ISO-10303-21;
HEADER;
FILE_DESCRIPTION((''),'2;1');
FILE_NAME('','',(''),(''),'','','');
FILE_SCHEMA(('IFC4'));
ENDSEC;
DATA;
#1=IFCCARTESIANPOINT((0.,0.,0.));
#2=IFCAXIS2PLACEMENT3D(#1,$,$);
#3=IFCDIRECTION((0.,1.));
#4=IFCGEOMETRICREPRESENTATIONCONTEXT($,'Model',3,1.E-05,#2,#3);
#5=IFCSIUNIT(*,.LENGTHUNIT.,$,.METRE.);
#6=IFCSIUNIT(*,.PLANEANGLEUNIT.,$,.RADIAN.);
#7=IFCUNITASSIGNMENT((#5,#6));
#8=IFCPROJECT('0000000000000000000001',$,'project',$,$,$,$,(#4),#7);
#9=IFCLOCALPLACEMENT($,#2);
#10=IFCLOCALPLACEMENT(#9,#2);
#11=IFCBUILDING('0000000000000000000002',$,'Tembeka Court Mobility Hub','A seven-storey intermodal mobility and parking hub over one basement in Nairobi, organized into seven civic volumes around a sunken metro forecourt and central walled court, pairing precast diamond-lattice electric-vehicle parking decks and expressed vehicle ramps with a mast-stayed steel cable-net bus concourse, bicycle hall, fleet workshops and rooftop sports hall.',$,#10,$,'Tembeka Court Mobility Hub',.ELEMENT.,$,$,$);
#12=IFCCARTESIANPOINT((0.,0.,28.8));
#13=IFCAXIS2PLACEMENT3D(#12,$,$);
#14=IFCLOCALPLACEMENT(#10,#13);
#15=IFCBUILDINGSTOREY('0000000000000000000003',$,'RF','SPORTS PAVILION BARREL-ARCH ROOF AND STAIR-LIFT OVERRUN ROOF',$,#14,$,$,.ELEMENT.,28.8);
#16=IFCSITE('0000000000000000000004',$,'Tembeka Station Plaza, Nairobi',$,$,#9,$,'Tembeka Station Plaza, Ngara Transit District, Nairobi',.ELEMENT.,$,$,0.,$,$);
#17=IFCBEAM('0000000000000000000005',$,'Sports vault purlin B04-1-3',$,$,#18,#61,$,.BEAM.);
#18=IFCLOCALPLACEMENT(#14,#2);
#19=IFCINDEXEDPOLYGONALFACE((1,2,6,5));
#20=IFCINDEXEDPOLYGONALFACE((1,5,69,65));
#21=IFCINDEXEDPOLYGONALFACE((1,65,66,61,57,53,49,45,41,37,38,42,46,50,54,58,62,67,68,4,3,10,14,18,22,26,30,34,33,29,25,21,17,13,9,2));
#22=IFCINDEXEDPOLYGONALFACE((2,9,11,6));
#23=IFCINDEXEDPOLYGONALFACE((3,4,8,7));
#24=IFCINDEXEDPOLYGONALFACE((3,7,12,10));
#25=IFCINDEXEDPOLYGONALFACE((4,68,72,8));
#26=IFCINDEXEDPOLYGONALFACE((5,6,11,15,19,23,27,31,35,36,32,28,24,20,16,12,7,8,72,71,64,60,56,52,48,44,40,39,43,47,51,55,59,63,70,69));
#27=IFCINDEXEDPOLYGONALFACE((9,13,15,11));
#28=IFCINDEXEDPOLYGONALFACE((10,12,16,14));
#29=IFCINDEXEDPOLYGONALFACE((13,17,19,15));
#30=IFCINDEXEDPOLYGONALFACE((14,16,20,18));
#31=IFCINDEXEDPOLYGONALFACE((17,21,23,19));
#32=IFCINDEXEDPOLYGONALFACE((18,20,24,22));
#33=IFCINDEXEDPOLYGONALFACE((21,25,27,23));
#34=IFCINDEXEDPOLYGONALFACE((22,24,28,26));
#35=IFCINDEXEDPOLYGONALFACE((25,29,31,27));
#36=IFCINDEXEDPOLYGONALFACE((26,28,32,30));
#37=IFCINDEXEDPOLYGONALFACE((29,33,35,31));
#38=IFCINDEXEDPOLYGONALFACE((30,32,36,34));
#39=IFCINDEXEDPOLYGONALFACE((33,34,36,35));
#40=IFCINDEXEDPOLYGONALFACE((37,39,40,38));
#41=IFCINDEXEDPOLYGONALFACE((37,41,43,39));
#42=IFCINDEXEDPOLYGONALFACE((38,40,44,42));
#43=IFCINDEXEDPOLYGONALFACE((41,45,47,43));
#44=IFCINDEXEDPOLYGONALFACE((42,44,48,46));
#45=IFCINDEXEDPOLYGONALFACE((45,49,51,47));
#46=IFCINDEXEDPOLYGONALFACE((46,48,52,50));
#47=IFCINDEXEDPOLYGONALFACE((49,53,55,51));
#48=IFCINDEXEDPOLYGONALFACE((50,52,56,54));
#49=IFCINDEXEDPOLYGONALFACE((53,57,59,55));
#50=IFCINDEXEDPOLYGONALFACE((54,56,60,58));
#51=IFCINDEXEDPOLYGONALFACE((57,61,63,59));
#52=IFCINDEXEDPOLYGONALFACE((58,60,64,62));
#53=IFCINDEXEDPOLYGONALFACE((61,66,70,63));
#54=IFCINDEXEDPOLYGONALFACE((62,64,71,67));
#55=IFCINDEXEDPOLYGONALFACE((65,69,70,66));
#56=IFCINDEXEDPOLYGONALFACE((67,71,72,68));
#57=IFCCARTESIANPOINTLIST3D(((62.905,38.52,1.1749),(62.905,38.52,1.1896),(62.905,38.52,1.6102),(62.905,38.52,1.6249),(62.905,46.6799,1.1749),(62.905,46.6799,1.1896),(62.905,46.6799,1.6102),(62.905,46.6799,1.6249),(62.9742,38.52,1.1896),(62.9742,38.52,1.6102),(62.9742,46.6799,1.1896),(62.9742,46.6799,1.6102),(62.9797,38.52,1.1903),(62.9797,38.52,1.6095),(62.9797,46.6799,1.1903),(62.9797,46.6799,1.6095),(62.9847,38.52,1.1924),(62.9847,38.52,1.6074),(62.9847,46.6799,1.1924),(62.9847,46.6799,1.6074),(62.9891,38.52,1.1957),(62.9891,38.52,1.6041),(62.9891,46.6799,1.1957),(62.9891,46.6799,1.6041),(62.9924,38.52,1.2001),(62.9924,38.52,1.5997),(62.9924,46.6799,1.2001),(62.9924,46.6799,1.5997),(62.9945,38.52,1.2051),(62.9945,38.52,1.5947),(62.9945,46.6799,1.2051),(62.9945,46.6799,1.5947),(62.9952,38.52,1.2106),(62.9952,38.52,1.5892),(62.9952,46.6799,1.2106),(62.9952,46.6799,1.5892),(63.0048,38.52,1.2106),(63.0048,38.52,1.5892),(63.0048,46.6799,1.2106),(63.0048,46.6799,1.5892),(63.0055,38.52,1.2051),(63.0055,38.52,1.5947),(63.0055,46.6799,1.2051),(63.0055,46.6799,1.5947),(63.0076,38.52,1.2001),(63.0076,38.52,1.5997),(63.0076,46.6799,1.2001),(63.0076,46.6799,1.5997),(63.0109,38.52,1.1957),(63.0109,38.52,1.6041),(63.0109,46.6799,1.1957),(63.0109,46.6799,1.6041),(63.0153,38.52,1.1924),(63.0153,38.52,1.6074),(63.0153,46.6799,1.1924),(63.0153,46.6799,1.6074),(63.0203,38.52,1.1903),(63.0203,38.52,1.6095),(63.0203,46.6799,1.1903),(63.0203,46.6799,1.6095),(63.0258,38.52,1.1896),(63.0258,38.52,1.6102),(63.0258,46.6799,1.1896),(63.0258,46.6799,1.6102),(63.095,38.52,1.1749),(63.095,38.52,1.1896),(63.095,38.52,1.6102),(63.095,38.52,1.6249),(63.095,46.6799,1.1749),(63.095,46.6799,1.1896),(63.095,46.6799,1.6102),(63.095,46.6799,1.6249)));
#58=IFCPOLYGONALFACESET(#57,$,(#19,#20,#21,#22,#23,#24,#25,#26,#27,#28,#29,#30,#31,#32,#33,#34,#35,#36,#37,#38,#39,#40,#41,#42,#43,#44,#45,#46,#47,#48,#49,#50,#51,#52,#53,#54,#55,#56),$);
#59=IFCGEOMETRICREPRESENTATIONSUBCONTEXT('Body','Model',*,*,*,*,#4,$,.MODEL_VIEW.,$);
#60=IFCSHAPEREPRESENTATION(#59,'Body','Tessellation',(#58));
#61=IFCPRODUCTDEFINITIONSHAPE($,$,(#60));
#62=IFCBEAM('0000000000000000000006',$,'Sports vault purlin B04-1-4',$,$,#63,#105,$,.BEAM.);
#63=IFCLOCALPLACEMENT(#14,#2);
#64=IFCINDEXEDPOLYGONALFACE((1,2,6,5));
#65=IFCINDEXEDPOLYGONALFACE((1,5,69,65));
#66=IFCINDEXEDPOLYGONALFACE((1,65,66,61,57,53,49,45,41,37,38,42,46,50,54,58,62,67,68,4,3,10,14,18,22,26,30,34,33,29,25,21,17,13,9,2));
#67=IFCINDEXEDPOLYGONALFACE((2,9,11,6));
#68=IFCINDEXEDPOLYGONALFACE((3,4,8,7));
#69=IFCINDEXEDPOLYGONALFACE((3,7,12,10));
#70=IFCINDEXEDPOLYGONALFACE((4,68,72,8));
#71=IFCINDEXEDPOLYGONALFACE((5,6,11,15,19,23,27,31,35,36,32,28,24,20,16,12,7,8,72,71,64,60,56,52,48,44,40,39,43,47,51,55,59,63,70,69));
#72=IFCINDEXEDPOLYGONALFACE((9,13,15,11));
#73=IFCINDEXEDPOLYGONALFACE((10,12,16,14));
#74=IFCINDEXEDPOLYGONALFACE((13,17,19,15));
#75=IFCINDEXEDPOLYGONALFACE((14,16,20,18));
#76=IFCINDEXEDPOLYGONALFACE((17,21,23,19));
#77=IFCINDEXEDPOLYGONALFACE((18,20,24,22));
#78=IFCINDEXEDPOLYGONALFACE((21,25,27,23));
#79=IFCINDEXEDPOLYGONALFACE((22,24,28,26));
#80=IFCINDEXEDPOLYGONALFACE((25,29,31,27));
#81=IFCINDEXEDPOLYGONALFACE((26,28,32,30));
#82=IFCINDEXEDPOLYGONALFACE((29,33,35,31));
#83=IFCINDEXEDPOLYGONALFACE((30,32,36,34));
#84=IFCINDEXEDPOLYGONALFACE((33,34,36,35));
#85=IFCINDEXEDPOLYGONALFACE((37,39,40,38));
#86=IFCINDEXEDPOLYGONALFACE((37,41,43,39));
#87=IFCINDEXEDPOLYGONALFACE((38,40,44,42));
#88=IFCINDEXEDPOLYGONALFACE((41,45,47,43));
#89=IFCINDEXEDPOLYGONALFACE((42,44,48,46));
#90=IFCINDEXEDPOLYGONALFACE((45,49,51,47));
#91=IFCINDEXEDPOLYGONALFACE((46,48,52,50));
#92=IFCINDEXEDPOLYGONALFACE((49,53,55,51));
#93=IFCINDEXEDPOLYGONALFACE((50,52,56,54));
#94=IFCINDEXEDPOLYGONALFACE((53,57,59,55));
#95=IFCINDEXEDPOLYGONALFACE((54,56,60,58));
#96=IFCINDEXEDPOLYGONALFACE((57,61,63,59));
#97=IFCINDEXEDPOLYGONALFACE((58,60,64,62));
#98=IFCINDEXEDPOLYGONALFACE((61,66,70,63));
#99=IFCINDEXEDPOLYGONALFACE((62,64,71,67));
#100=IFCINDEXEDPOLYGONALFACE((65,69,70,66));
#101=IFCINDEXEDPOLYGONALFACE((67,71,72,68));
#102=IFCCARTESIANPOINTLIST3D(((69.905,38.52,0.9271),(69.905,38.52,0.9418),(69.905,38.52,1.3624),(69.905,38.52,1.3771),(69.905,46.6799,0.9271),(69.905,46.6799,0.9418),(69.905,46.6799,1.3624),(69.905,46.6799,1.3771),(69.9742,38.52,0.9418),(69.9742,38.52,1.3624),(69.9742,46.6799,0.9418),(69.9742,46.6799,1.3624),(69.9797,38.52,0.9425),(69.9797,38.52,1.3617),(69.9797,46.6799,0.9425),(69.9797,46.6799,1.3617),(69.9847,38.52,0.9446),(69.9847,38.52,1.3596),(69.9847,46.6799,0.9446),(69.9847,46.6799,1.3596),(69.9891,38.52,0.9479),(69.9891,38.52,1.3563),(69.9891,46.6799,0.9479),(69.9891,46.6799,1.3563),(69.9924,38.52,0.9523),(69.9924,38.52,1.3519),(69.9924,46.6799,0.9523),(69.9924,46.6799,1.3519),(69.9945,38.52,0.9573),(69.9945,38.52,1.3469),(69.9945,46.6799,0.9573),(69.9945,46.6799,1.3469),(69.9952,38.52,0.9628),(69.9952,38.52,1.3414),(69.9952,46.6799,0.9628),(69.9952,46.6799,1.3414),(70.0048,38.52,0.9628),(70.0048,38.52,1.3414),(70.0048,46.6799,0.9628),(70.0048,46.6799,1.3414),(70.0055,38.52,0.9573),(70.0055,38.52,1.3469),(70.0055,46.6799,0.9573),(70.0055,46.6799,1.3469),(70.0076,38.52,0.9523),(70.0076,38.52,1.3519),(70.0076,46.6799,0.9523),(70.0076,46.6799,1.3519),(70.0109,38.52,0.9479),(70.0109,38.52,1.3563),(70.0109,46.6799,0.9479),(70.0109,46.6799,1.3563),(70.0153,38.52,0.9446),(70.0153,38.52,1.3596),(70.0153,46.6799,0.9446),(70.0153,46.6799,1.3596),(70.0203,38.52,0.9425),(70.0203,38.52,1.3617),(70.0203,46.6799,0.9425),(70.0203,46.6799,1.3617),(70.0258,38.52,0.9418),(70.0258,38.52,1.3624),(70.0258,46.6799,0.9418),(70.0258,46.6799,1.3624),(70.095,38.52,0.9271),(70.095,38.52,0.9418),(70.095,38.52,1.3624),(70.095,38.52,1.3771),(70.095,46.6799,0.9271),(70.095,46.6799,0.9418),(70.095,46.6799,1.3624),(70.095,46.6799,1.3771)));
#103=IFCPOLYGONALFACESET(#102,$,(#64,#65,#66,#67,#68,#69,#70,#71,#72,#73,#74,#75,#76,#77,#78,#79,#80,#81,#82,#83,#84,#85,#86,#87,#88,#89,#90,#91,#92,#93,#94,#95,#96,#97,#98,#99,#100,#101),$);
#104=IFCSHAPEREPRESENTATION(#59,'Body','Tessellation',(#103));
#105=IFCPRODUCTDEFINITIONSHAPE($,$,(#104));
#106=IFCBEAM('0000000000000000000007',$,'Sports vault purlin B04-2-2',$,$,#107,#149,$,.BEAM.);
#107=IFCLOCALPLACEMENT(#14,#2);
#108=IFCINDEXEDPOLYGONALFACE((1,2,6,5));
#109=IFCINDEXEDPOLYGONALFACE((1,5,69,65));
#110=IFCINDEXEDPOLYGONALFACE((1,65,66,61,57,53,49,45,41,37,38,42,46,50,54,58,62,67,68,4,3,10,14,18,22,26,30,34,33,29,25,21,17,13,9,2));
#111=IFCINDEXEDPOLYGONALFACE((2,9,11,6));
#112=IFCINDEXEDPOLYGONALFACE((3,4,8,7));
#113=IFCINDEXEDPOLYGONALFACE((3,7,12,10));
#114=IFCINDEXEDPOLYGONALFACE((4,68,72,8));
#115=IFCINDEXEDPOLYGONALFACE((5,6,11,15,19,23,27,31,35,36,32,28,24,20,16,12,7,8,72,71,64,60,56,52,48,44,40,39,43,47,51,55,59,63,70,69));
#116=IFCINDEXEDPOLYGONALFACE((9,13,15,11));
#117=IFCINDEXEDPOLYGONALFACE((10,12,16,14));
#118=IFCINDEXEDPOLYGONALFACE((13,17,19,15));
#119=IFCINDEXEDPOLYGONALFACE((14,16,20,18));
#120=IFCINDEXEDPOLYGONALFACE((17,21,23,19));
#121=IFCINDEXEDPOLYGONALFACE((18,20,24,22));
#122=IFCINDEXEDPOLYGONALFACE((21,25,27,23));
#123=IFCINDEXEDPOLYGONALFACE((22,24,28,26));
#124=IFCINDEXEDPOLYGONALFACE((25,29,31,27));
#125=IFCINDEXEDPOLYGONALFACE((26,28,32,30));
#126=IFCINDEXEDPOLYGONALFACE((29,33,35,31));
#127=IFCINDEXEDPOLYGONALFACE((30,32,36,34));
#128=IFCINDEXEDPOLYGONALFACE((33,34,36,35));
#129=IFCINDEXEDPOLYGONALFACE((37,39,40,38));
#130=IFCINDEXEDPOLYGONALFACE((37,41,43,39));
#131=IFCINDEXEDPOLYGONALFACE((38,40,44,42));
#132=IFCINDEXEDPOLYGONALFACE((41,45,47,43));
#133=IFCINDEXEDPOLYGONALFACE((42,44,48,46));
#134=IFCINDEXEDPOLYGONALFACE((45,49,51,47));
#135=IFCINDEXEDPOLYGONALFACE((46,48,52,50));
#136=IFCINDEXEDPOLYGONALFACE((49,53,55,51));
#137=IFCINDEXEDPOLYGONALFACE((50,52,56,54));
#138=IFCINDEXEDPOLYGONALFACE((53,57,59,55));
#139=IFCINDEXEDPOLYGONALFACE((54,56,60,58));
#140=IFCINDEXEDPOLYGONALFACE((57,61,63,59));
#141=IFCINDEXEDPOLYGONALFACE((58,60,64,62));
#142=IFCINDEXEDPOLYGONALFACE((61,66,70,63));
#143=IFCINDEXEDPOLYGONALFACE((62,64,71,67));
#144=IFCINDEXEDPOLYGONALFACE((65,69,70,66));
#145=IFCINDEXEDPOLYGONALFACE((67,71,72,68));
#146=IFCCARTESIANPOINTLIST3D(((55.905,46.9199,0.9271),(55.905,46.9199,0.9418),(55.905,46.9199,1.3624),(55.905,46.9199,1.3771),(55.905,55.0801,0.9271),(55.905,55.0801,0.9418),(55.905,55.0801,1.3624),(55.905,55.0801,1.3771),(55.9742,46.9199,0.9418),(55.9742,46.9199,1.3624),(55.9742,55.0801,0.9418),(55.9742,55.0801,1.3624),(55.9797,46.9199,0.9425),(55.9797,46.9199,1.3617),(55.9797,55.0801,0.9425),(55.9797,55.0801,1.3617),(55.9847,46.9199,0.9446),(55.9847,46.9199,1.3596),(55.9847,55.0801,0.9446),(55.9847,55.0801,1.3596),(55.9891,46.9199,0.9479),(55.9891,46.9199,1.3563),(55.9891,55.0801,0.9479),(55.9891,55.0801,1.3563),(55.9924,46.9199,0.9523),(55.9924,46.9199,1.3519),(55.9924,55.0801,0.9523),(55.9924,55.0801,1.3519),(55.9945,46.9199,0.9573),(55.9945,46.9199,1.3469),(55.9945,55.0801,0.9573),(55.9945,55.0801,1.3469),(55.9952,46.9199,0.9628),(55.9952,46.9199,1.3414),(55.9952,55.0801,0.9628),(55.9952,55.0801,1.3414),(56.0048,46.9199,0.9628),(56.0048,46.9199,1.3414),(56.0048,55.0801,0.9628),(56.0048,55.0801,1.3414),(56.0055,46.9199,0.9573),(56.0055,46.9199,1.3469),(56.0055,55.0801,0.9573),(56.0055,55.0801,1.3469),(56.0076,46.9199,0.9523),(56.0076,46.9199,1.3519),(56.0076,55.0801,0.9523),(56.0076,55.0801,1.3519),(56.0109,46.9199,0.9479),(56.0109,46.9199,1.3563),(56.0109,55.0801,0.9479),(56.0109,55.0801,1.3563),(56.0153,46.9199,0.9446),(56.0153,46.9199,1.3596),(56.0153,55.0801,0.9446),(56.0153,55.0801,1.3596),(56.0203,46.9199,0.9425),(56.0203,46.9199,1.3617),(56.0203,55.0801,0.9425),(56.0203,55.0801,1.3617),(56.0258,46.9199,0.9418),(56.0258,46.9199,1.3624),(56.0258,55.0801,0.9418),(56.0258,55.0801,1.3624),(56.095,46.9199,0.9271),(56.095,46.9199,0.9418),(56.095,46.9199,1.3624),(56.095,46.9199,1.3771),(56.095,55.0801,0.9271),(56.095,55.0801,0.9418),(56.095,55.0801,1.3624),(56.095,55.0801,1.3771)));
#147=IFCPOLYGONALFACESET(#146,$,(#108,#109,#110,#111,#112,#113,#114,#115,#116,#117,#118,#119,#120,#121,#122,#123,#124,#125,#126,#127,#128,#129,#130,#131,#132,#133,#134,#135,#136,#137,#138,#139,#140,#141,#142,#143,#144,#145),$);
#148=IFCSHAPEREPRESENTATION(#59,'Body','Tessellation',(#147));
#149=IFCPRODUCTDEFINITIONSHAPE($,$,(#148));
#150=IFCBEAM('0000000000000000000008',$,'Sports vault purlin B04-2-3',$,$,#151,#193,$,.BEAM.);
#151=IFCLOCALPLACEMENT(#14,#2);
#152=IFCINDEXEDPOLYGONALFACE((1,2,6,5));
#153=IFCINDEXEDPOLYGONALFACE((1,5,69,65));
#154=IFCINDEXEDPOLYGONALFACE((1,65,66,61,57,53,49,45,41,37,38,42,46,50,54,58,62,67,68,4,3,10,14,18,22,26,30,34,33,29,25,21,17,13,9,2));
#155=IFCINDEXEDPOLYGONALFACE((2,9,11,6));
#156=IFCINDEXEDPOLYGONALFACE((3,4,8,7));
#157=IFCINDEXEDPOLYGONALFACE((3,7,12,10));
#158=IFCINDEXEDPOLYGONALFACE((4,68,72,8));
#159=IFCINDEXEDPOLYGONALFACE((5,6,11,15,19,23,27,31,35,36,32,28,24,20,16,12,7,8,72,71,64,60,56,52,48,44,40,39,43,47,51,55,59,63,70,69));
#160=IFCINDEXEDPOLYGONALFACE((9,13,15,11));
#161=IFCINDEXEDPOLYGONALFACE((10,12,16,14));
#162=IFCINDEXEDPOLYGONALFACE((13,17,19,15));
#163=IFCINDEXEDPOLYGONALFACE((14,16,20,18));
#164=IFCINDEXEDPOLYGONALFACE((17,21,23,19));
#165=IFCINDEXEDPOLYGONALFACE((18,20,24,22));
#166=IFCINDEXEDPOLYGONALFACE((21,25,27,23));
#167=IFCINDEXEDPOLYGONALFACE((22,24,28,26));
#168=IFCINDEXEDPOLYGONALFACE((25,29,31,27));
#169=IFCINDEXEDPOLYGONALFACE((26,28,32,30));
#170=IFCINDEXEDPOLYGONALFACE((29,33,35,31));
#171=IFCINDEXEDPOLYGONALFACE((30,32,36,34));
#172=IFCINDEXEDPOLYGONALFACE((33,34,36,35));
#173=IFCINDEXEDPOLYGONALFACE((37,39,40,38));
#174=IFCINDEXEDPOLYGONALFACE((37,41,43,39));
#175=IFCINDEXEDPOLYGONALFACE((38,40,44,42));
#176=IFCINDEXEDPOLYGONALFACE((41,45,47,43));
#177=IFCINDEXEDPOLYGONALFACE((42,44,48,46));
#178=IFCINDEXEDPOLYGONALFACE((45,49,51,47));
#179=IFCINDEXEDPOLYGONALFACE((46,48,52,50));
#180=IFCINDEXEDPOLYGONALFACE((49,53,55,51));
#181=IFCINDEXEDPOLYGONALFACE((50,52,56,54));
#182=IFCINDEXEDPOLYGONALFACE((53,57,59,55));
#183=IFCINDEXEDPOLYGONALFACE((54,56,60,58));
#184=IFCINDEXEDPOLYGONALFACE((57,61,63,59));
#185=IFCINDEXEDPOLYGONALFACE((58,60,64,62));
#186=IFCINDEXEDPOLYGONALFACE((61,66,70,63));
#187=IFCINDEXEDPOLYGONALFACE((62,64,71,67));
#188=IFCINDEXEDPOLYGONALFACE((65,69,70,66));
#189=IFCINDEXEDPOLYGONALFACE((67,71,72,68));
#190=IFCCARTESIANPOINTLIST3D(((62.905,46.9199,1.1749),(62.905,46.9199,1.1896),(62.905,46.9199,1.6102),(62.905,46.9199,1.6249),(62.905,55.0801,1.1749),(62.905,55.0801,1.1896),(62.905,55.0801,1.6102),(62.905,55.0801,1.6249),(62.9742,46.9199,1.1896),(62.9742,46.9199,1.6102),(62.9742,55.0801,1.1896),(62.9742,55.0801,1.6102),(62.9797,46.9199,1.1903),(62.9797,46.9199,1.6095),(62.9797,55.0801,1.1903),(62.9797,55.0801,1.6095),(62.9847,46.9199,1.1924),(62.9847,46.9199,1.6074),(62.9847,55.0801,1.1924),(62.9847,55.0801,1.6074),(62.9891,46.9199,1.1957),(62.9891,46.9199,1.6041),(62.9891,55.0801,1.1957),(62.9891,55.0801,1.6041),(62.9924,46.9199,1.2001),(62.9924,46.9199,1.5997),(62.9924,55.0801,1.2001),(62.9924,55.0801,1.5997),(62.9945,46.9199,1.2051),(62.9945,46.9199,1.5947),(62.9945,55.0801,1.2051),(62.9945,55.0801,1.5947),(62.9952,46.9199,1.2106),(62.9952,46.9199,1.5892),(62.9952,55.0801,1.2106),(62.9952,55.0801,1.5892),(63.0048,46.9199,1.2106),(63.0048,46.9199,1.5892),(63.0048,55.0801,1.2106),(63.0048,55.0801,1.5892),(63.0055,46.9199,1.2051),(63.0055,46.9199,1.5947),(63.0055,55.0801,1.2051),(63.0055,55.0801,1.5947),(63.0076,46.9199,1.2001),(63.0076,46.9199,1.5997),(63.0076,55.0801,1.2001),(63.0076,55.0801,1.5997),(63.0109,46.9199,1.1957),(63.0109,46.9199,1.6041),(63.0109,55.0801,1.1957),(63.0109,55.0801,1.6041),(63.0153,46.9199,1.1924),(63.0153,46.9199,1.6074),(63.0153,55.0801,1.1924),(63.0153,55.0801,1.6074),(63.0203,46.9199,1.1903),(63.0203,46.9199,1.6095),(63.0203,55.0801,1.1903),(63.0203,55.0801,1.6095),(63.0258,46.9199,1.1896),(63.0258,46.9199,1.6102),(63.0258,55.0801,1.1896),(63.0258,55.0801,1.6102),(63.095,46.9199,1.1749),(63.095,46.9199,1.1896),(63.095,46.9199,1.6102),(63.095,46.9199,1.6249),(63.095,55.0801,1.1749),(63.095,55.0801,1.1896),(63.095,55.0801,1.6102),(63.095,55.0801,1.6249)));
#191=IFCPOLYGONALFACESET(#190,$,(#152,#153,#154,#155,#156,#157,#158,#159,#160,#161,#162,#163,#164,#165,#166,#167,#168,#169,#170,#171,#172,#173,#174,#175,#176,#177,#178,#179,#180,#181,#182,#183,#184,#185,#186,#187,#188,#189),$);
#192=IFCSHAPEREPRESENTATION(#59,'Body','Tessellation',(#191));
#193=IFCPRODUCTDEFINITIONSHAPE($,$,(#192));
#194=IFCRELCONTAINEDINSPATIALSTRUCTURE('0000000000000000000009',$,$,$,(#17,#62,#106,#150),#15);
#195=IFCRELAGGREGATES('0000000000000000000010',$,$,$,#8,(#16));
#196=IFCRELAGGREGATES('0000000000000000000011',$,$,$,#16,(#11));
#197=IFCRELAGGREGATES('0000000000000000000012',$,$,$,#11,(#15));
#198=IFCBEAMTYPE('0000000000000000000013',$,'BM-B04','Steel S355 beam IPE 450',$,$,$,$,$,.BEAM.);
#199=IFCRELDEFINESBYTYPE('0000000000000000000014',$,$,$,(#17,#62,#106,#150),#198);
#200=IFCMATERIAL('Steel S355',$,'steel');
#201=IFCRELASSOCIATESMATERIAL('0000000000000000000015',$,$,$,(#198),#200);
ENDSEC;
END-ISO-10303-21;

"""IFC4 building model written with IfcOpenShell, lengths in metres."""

from ifc_helpers import new_model, si_unit, direction, frame, origin, origin_2d, place, context, subcontext, project, spatial, i_section, extrude, material, material_profile, profile_set, type_object, element, save


model = new_model("IFC4")

# Units and contexts
model_context = context("Model", 3, precision=1e-05, world=origin(), true_north=direction((0.0, 1.0)))
body_context = subcontext(model_context, "Body", "Model", "MODEL_VIEW")
ifc_project = project(units=[si_unit("LENGTHUNIT", "METRE"), si_unit("PLANEANGLEUNIT", "RADIAN")], contexts=[model_context])

# Site, building, storey
site_placement = place(None, origin())
site = spatial("IfcSite", under=ifc_project, at=site_placement, Name="Tembeka Station Plaza, Nairobi", LongName="Tembeka Station Plaza, Ngara Transit District, Nairobi", CompositionType="ELEMENT", RefElevation=0.0)
building_placement = place(site_placement, origin())
building = spatial("IfcBuilding", under=site, at=building_placement, Name="Tembeka Court Mobility Hub", Description="A seven-storey intermodal mobility and parking hub over one basement in Nairobi, organized into seven civic volumes around a sunken metro forecourt and central walled court, pairing precast diamond-lattice electric-vehicle parking decks and expressed vehicle ramps with a mast-stayed steel cable-net bus concourse, bicycle hall, fleet workshops and rooftop sports hall.", LongName="Tembeka Court Mobility Hub", CompositionType="ELEMENT")
storey_placement = place(building_placement, frame((0.0, 0.0, 28.8)))
storey = spatial("IfcBuildingStorey", under=building, at=storey_placement, Name="RF", Description="SPORTS PAVILION BARREL-ARCH ROOF AND STAIR-LIFT OVERRUN ROOF", CompositionType="ELEMENT", Elevation=28.8)

# Beams
ifc_material_1 = material(Name="Steel S355", Category="steel")
ifc_material_profile_1 = material_profile(ifc_material_1, i_section(OverallWidth=0.1899, OverallDepth=0.45, WebThickness=0.0095, FlangeThickness=0.0146, FilletRadius=0.021, at=origin_2d()), Name="IPE 450")
ifc_profile_set_1 = profile_set([ifc_material_profile_1], Name="Steel S355")
beam_type_1 = type_object("IfcBeamType", Name="BM-B04", Description="Steel S355 beam IPE 450", PredefinedType="BEAM", material=ifc_profile_set_1)
for number, where, z_axis, x_axis, name in (
    (1, (63.0, 38.52, 1.3999), (0.0, 1.0, 0.0), (-1.0, 0.0, 0.0), "Sports vault purlin B04-1-3"),
    (2, (70.0, 38.52, 1.1521), (0.0, 1.0, 0.0), (-1.0, 0.0, 0.0), "Sports vault purlin B04-1-4"),
):
    element("IfcBeam", number, at=place(storey_placement, frame(where, z_axis=z_axis, x_axis=x_axis)), inside=storey, type_object=beam_type_1, Name=name, PredefinedType="BEAM", context=body_context, shape_type="SweptSolid", body=[
        extrude(i_section(OverallWidth=0.1899, OverallDepth=0.45, WebThickness=0.0095, FlangeThickness=0.0146, FilletRadius=0.021, at=origin_2d()), origin(), (0.0, 0.0, 1.0), 8.1599),
    ])
for number, where, z_axis, x_axis, name in (
    (3, (56.0, 46.9199, 1.1521), (0.0, 1.0, 0.0), (-1.0, 0.0, 0.0), "Sports vault purlin B04-2-2"),
    (4, (63.0, 46.9199, 1.3999), (0.0, 1.0, 0.0), (-1.0, 0.0, 0.0), "Sports vault purlin B04-2-3"),
):
    element("IfcBeam", number, at=place(storey_placement, frame(where, z_axis=z_axis, x_axis=x_axis)), inside=storey, type_object=beam_type_1, Name=name, PredefinedType="BEAM", context=body_context, shape_type="SweptSolid", body=[
        extrude(i_section(OverallWidth=0.1899, OverallDepth=0.45, WebThickness=0.0095, FlangeThickness=0.0146, FilletRadius=0.021, at=origin_2d()), origin(), (0.0, 0.0, 1.0), 8.1602),
    ])

save(model, "model.ifc")
